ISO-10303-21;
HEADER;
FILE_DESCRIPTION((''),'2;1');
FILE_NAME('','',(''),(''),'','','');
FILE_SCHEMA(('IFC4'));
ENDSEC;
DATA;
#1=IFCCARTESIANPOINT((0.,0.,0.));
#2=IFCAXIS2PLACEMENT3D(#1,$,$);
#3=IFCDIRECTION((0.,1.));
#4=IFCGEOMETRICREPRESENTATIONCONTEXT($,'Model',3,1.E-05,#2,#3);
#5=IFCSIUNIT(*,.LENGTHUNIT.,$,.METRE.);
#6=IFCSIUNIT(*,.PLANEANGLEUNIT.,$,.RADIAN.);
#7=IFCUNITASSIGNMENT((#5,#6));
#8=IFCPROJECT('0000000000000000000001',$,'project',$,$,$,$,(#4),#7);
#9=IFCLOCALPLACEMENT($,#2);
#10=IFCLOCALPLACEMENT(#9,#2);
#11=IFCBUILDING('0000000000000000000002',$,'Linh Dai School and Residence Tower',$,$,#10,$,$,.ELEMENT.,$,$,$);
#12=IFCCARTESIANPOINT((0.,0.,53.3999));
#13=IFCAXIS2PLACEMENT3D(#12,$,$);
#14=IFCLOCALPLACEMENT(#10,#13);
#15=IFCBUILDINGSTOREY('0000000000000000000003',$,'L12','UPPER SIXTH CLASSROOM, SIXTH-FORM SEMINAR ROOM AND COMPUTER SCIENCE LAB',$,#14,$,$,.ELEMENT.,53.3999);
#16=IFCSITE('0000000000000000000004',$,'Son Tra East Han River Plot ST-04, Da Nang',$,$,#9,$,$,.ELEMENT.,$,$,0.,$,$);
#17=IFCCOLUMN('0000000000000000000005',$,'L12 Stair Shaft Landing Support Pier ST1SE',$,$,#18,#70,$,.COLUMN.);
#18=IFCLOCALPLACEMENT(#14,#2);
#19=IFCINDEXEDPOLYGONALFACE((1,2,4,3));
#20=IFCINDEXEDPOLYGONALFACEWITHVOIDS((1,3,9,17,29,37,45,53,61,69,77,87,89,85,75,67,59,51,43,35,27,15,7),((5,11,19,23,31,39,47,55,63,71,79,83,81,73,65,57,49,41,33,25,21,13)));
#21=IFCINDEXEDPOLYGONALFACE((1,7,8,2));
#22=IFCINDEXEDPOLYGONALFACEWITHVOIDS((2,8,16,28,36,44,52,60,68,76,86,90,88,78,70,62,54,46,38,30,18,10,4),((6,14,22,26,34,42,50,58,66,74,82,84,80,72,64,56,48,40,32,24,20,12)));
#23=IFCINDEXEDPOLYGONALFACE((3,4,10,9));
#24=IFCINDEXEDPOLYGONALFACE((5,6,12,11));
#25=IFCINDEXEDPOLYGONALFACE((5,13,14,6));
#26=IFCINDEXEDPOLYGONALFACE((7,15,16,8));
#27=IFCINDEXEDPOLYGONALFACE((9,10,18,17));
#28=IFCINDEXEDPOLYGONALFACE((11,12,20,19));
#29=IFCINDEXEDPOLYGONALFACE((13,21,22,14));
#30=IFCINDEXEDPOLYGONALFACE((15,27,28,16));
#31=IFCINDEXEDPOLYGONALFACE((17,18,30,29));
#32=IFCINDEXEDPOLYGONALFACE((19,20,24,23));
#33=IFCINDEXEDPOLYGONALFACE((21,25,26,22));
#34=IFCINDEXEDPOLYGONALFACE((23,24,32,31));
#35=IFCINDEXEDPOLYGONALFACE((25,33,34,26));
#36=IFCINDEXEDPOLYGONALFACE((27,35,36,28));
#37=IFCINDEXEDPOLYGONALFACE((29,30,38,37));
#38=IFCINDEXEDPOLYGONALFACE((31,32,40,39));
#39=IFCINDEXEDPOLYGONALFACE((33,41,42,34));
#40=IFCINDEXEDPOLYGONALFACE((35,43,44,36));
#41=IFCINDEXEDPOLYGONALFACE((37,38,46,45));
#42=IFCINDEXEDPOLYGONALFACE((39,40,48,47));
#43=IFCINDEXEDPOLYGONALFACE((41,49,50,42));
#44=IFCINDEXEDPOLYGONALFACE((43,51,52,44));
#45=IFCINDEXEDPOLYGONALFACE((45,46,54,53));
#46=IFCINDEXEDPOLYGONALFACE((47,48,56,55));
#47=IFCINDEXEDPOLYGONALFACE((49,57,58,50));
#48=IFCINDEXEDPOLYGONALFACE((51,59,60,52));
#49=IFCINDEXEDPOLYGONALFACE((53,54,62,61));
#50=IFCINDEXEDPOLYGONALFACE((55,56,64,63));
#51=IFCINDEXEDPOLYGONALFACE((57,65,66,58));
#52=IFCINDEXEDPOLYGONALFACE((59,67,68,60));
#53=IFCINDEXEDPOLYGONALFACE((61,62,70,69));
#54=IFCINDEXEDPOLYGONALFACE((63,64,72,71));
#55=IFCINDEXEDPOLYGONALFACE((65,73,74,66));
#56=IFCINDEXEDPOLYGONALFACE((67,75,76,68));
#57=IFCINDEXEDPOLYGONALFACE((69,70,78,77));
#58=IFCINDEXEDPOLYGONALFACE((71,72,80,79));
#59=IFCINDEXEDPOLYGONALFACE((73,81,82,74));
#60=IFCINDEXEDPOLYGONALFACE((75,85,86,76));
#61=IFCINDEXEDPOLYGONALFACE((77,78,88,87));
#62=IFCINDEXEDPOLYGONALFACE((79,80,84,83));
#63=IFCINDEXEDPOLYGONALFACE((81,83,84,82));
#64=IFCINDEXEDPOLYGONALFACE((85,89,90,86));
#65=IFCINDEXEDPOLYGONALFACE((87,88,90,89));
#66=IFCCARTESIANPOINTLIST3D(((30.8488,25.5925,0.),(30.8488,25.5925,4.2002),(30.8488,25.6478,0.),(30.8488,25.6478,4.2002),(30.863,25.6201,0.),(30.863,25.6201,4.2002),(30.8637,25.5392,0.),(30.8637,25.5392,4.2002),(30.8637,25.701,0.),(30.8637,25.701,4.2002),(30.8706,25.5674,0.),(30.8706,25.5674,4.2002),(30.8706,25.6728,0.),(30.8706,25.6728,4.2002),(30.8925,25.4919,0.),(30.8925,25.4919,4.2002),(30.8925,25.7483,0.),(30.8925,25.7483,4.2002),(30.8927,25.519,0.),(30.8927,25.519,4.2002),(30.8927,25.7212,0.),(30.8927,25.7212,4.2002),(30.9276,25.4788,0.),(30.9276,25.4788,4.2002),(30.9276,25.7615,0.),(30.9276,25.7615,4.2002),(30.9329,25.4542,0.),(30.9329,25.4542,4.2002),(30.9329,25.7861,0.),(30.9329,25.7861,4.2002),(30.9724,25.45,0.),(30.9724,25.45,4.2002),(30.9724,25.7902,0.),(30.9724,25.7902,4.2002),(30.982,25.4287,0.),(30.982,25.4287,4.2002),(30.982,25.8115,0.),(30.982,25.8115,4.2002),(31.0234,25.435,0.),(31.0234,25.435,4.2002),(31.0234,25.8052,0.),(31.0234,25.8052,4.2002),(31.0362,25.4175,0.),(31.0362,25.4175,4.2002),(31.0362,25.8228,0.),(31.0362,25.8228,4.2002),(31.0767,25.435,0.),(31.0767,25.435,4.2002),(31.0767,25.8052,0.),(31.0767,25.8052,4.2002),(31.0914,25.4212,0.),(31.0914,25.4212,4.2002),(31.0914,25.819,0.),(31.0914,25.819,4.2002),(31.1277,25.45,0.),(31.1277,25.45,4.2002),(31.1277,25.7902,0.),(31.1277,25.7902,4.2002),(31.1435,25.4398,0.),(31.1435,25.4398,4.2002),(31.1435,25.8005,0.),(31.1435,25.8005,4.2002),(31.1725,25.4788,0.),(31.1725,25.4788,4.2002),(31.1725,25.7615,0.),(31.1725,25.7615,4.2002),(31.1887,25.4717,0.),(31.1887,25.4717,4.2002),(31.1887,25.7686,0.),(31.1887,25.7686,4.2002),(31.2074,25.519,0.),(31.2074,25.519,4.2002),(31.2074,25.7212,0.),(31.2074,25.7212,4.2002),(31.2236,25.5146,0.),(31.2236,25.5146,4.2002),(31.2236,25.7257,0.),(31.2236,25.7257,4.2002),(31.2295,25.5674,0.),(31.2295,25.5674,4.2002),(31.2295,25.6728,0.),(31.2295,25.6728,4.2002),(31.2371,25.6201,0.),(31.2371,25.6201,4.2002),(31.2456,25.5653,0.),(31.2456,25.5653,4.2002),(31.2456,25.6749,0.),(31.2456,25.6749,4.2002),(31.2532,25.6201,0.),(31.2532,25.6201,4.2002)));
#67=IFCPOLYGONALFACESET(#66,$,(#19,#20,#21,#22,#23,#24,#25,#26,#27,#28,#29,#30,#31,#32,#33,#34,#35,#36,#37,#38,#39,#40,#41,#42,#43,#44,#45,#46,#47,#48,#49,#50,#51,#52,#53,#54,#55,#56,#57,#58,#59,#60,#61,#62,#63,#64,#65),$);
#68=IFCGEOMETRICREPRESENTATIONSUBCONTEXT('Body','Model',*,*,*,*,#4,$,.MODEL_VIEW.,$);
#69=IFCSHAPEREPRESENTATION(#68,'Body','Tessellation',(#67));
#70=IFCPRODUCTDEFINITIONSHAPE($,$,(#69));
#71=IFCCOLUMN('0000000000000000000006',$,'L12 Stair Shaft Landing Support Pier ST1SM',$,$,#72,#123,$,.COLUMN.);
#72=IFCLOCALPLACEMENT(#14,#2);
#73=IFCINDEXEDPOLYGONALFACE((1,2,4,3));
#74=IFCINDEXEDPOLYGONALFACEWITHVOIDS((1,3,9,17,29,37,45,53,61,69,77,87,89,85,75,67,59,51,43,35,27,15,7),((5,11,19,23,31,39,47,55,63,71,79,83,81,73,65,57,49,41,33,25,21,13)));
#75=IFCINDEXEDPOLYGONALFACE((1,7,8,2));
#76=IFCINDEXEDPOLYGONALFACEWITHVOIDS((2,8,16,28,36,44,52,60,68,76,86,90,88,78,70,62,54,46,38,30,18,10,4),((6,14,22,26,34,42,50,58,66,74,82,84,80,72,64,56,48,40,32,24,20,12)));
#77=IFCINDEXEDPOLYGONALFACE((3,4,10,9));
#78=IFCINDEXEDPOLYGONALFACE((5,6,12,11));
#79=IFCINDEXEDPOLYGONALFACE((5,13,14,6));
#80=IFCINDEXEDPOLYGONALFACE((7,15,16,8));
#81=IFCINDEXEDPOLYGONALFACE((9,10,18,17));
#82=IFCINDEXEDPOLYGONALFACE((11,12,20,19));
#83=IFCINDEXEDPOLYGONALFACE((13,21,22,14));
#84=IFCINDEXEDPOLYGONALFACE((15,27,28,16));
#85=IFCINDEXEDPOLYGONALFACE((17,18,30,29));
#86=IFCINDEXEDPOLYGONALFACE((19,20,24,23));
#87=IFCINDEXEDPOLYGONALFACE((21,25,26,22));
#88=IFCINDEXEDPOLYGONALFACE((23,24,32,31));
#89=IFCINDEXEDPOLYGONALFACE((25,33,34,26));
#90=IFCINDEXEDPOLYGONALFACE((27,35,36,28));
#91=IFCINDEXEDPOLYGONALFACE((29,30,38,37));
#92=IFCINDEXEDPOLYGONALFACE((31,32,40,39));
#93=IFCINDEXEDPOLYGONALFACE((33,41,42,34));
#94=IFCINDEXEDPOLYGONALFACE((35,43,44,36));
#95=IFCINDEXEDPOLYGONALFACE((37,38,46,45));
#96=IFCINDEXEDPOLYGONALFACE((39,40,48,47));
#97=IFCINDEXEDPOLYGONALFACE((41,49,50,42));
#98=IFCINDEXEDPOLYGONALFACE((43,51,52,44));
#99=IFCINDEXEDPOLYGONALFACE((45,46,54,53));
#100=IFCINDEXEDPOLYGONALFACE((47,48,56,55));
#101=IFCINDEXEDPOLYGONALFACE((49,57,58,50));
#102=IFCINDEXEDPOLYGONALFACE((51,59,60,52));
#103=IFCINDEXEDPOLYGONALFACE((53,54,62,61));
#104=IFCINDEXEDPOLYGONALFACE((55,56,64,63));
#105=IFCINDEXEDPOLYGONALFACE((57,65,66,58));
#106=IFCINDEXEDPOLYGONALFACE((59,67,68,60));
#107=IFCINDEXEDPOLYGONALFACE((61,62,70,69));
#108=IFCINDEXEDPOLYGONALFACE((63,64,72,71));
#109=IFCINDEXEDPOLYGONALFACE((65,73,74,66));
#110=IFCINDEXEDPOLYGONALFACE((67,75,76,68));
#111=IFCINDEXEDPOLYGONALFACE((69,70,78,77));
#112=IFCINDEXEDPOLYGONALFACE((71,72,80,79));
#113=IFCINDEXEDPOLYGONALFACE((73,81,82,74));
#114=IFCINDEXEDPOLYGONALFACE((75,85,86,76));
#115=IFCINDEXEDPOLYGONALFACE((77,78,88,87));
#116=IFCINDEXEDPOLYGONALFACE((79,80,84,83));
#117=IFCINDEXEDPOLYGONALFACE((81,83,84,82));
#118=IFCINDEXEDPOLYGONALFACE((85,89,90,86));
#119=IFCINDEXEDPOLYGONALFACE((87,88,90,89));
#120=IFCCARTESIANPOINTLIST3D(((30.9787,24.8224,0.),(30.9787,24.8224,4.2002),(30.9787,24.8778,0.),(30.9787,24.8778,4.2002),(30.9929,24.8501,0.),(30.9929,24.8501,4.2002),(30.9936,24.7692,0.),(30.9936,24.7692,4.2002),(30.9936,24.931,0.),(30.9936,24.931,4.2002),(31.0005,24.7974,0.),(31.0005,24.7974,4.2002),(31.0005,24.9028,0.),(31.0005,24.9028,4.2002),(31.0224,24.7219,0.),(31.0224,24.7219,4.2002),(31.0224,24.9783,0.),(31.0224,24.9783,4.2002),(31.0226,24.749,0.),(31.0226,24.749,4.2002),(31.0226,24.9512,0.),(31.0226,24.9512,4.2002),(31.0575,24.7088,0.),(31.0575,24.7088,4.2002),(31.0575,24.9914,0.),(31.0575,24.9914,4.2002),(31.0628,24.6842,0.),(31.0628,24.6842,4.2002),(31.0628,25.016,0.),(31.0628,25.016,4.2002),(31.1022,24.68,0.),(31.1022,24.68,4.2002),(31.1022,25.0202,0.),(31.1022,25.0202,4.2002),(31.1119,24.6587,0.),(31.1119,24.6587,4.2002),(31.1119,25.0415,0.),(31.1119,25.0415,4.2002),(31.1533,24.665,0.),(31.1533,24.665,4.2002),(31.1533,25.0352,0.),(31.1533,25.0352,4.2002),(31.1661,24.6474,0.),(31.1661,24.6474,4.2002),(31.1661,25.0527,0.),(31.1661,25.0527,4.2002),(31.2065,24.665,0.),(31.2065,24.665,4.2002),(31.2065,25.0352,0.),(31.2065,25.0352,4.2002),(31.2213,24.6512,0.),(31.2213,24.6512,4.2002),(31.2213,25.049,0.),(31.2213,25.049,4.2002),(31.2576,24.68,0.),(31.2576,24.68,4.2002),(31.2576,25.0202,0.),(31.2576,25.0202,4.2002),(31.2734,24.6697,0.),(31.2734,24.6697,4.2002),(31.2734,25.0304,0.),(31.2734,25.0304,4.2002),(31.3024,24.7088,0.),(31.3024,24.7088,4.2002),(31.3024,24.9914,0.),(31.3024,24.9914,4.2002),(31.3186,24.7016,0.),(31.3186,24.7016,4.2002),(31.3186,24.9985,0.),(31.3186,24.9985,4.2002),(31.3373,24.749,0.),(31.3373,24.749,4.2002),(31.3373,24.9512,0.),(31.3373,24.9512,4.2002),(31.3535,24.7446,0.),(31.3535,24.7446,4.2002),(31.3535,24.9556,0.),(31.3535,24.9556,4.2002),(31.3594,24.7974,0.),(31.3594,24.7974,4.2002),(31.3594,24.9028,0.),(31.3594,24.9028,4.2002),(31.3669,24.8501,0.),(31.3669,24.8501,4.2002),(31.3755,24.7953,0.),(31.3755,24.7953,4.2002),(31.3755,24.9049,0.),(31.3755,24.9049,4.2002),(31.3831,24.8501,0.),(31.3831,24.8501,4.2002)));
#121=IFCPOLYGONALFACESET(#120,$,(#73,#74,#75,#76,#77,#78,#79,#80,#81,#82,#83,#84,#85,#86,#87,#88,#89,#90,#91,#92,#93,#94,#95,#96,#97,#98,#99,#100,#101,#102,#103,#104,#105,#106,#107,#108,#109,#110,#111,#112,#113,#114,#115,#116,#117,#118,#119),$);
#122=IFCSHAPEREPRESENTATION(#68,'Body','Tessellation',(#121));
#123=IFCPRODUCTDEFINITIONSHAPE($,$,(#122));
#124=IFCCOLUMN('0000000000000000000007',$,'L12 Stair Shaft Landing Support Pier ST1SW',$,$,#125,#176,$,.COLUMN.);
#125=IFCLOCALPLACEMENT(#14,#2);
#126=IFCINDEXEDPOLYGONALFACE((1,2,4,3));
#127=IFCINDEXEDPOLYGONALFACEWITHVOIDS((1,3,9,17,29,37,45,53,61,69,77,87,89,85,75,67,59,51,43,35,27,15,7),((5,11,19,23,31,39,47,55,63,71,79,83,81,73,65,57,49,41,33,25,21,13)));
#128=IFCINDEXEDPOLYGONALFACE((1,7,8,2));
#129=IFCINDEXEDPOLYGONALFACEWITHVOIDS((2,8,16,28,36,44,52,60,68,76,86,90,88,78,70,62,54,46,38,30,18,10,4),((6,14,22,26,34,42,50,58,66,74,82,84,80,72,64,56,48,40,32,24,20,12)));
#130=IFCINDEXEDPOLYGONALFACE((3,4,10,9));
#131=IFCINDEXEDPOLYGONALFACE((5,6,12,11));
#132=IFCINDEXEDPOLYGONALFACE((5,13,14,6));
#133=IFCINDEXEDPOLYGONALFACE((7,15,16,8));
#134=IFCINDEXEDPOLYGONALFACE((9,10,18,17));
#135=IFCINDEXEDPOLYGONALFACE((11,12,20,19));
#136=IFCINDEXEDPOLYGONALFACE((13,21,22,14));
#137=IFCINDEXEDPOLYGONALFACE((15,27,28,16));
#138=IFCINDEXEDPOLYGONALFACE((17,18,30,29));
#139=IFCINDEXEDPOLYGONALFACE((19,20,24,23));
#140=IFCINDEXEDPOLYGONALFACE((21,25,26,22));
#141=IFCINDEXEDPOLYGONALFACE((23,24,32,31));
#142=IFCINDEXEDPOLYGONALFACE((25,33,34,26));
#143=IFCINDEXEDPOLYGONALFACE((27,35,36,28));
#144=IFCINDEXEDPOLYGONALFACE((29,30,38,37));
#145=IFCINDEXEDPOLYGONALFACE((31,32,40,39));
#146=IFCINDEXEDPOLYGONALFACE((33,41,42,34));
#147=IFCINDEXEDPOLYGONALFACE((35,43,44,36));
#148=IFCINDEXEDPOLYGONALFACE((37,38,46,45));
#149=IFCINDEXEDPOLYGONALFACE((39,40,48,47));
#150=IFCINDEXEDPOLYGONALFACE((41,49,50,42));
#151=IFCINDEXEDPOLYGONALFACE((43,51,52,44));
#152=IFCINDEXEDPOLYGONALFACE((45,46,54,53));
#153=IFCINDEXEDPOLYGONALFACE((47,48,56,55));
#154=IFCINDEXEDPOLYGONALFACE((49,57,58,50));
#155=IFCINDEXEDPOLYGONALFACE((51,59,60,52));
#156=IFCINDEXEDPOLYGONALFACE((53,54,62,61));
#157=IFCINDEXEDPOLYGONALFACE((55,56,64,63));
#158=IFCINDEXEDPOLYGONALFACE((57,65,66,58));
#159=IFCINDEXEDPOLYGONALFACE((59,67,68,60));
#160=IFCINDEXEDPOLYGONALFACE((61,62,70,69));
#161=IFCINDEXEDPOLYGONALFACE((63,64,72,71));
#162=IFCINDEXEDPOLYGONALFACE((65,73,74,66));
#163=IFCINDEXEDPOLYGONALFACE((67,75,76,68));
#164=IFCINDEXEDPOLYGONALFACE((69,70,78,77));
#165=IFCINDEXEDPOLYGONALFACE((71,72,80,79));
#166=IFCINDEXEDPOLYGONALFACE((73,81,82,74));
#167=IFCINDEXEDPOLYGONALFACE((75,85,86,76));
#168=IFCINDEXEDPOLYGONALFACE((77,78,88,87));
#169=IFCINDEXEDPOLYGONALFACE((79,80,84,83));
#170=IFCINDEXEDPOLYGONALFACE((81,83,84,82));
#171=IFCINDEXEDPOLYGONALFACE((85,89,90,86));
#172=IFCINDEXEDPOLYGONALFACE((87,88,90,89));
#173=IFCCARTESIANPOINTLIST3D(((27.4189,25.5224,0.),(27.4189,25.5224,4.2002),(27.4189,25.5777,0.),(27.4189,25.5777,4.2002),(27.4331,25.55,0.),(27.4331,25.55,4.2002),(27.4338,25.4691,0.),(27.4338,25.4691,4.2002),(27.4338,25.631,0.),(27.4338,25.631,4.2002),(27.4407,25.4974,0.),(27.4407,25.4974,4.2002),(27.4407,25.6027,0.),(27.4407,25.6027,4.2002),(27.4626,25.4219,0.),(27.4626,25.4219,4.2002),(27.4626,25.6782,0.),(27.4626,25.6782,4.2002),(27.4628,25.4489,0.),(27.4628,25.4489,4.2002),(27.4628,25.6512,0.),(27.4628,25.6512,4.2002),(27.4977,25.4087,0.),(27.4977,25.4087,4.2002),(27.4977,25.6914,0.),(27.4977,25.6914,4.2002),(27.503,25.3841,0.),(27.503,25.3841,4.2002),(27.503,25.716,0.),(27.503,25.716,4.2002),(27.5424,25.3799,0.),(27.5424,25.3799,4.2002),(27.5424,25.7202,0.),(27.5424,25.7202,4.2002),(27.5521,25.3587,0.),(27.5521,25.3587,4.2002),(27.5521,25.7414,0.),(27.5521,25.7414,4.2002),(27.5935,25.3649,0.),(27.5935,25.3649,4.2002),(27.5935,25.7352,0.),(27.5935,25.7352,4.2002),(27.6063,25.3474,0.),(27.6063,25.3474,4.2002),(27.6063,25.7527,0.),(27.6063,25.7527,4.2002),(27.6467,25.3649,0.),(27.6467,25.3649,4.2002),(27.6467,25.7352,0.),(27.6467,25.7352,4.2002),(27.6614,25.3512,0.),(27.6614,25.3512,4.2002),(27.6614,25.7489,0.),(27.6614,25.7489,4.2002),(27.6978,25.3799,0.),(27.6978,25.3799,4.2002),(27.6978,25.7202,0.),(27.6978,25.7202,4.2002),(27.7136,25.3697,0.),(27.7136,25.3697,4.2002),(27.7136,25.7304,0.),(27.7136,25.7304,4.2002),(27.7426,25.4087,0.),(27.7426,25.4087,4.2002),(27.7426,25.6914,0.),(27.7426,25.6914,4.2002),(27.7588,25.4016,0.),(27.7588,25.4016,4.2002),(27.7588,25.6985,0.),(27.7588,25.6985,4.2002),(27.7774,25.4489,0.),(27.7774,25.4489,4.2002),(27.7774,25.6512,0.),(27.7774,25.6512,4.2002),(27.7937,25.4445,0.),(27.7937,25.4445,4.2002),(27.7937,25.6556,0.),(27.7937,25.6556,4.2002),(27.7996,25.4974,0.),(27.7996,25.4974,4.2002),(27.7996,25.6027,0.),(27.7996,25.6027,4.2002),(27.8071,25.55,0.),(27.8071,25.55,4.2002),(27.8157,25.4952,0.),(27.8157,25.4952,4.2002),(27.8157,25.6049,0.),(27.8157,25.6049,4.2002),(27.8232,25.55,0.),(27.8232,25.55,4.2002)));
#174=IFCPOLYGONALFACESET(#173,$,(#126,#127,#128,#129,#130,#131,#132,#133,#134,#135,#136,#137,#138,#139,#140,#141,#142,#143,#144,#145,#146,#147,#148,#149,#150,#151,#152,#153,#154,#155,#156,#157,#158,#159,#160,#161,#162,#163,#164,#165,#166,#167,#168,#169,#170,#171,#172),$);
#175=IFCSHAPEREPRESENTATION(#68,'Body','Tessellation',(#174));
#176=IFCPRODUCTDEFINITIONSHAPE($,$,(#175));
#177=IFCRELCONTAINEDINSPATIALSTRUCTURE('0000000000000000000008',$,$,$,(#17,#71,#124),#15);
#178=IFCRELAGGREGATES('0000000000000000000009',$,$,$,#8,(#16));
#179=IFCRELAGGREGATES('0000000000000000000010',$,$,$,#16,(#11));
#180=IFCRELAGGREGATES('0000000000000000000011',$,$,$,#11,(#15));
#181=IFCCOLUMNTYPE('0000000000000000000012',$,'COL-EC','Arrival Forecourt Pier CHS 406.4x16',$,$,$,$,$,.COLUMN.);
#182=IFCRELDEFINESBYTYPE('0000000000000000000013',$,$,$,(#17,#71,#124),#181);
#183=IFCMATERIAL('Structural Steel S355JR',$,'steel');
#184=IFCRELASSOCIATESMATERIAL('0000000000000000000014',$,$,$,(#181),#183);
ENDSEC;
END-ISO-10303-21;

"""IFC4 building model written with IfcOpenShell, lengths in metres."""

from ifc_helpers import new_model, si_unit, direction, frame, origin, origin_2d, place, context, subcontext, project, spatial, hollow_circle, extrude, material, material_profile, profile_set, type_object, element, save


model = new_model("IFC4")

# Units and contexts
model_context = context("Model", 3, precision=1e-05, world=origin(), true_north=direction((0.0, 1.0)))
body_context = subcontext(model_context, "Body", "Model", "MODEL_VIEW")
ifc_project = project(units=[si_unit("LENGTHUNIT", "METRE"), si_unit("PLANEANGLEUNIT", "RADIAN")], contexts=[model_context])

# Site, building, storey
site_placement = place(None, origin())
site = spatial("IfcSite", under=ifc_project, at=site_placement, Name="Son Tra East Han River Plot ST-04, Da Nang", CompositionType="ELEMENT", RefElevation=0.0)
building_placement = place(site_placement, origin())
building = spatial("IfcBuilding", under=site, at=building_placement, Name="Linh Dai School and Residence Tower", CompositionType="ELEMENT")
storey_placement = place(building_placement, frame((0.0, 0.0, 53.3999)))
storey = spatial("IfcBuildingStorey", under=building, at=storey_placement, Name="L12", Description="UPPER SIXTH CLASSROOM, SIXTH-FORM SEMINAR ROOM AND COMPUTER SCIENCE LAB", CompositionType="ELEMENT", Elevation=53.3999)

# Columns
ifc_material_1 = material(Name="Structural Steel S355JR", Category="steel")
ifc_material_profile_1 = material_profile(ifc_material_1, hollow_circle(Radius=0.2031, WallThickness=0.0161, at=origin_2d()), Name="CHS 406.4x16")
ifc_profile_set_1 = profile_set([ifc_material_profile_1], Name="Structural Steel S355JR")
column_type = type_object("IfcColumnType", Name="COL-EC", Description="Arrival Forecourt Pier CHS 406.4x16", PredefinedType="COLUMN", material=ifc_profile_set_1)
for number, where, z_axis, x_axis, name in (
    (1, (31.05, 25.6201, 0.0), (0.0, 0.0, 1.0), (1.0, 0.0, 0.0), "L12 Stair Shaft Landing Support Pier ST1SE"),
    (2, (31.1799, 24.8501, 0.0), (0.0, 0.0, 1.0), (1.0, 0.0, 0.0), "L12 Stair Shaft Landing Support Pier ST1SM"),
    (3, (27.6201, 25.55, 0.0), (0.0, 0.0, 1.0), (1.0, 0.0, 0.0), "L12 Stair Shaft Landing Support Pier ST1SW"),
):
    element("IfcColumn", number, at=place(storey_placement, frame(where, z_axis=z_axis, x_axis=x_axis)), inside=storey, type_object=column_type, Name=name, PredefinedType="COLUMN", context=body_context, shape_type="SweptSolid", body=[
        extrude(hollow_circle(Radius=0.2031, WallThickness=0.0161, at=origin_2d()), origin(), (0.0, 0.0, 1.0), 4.2002),
    ])

save(model, "model.ifc")
